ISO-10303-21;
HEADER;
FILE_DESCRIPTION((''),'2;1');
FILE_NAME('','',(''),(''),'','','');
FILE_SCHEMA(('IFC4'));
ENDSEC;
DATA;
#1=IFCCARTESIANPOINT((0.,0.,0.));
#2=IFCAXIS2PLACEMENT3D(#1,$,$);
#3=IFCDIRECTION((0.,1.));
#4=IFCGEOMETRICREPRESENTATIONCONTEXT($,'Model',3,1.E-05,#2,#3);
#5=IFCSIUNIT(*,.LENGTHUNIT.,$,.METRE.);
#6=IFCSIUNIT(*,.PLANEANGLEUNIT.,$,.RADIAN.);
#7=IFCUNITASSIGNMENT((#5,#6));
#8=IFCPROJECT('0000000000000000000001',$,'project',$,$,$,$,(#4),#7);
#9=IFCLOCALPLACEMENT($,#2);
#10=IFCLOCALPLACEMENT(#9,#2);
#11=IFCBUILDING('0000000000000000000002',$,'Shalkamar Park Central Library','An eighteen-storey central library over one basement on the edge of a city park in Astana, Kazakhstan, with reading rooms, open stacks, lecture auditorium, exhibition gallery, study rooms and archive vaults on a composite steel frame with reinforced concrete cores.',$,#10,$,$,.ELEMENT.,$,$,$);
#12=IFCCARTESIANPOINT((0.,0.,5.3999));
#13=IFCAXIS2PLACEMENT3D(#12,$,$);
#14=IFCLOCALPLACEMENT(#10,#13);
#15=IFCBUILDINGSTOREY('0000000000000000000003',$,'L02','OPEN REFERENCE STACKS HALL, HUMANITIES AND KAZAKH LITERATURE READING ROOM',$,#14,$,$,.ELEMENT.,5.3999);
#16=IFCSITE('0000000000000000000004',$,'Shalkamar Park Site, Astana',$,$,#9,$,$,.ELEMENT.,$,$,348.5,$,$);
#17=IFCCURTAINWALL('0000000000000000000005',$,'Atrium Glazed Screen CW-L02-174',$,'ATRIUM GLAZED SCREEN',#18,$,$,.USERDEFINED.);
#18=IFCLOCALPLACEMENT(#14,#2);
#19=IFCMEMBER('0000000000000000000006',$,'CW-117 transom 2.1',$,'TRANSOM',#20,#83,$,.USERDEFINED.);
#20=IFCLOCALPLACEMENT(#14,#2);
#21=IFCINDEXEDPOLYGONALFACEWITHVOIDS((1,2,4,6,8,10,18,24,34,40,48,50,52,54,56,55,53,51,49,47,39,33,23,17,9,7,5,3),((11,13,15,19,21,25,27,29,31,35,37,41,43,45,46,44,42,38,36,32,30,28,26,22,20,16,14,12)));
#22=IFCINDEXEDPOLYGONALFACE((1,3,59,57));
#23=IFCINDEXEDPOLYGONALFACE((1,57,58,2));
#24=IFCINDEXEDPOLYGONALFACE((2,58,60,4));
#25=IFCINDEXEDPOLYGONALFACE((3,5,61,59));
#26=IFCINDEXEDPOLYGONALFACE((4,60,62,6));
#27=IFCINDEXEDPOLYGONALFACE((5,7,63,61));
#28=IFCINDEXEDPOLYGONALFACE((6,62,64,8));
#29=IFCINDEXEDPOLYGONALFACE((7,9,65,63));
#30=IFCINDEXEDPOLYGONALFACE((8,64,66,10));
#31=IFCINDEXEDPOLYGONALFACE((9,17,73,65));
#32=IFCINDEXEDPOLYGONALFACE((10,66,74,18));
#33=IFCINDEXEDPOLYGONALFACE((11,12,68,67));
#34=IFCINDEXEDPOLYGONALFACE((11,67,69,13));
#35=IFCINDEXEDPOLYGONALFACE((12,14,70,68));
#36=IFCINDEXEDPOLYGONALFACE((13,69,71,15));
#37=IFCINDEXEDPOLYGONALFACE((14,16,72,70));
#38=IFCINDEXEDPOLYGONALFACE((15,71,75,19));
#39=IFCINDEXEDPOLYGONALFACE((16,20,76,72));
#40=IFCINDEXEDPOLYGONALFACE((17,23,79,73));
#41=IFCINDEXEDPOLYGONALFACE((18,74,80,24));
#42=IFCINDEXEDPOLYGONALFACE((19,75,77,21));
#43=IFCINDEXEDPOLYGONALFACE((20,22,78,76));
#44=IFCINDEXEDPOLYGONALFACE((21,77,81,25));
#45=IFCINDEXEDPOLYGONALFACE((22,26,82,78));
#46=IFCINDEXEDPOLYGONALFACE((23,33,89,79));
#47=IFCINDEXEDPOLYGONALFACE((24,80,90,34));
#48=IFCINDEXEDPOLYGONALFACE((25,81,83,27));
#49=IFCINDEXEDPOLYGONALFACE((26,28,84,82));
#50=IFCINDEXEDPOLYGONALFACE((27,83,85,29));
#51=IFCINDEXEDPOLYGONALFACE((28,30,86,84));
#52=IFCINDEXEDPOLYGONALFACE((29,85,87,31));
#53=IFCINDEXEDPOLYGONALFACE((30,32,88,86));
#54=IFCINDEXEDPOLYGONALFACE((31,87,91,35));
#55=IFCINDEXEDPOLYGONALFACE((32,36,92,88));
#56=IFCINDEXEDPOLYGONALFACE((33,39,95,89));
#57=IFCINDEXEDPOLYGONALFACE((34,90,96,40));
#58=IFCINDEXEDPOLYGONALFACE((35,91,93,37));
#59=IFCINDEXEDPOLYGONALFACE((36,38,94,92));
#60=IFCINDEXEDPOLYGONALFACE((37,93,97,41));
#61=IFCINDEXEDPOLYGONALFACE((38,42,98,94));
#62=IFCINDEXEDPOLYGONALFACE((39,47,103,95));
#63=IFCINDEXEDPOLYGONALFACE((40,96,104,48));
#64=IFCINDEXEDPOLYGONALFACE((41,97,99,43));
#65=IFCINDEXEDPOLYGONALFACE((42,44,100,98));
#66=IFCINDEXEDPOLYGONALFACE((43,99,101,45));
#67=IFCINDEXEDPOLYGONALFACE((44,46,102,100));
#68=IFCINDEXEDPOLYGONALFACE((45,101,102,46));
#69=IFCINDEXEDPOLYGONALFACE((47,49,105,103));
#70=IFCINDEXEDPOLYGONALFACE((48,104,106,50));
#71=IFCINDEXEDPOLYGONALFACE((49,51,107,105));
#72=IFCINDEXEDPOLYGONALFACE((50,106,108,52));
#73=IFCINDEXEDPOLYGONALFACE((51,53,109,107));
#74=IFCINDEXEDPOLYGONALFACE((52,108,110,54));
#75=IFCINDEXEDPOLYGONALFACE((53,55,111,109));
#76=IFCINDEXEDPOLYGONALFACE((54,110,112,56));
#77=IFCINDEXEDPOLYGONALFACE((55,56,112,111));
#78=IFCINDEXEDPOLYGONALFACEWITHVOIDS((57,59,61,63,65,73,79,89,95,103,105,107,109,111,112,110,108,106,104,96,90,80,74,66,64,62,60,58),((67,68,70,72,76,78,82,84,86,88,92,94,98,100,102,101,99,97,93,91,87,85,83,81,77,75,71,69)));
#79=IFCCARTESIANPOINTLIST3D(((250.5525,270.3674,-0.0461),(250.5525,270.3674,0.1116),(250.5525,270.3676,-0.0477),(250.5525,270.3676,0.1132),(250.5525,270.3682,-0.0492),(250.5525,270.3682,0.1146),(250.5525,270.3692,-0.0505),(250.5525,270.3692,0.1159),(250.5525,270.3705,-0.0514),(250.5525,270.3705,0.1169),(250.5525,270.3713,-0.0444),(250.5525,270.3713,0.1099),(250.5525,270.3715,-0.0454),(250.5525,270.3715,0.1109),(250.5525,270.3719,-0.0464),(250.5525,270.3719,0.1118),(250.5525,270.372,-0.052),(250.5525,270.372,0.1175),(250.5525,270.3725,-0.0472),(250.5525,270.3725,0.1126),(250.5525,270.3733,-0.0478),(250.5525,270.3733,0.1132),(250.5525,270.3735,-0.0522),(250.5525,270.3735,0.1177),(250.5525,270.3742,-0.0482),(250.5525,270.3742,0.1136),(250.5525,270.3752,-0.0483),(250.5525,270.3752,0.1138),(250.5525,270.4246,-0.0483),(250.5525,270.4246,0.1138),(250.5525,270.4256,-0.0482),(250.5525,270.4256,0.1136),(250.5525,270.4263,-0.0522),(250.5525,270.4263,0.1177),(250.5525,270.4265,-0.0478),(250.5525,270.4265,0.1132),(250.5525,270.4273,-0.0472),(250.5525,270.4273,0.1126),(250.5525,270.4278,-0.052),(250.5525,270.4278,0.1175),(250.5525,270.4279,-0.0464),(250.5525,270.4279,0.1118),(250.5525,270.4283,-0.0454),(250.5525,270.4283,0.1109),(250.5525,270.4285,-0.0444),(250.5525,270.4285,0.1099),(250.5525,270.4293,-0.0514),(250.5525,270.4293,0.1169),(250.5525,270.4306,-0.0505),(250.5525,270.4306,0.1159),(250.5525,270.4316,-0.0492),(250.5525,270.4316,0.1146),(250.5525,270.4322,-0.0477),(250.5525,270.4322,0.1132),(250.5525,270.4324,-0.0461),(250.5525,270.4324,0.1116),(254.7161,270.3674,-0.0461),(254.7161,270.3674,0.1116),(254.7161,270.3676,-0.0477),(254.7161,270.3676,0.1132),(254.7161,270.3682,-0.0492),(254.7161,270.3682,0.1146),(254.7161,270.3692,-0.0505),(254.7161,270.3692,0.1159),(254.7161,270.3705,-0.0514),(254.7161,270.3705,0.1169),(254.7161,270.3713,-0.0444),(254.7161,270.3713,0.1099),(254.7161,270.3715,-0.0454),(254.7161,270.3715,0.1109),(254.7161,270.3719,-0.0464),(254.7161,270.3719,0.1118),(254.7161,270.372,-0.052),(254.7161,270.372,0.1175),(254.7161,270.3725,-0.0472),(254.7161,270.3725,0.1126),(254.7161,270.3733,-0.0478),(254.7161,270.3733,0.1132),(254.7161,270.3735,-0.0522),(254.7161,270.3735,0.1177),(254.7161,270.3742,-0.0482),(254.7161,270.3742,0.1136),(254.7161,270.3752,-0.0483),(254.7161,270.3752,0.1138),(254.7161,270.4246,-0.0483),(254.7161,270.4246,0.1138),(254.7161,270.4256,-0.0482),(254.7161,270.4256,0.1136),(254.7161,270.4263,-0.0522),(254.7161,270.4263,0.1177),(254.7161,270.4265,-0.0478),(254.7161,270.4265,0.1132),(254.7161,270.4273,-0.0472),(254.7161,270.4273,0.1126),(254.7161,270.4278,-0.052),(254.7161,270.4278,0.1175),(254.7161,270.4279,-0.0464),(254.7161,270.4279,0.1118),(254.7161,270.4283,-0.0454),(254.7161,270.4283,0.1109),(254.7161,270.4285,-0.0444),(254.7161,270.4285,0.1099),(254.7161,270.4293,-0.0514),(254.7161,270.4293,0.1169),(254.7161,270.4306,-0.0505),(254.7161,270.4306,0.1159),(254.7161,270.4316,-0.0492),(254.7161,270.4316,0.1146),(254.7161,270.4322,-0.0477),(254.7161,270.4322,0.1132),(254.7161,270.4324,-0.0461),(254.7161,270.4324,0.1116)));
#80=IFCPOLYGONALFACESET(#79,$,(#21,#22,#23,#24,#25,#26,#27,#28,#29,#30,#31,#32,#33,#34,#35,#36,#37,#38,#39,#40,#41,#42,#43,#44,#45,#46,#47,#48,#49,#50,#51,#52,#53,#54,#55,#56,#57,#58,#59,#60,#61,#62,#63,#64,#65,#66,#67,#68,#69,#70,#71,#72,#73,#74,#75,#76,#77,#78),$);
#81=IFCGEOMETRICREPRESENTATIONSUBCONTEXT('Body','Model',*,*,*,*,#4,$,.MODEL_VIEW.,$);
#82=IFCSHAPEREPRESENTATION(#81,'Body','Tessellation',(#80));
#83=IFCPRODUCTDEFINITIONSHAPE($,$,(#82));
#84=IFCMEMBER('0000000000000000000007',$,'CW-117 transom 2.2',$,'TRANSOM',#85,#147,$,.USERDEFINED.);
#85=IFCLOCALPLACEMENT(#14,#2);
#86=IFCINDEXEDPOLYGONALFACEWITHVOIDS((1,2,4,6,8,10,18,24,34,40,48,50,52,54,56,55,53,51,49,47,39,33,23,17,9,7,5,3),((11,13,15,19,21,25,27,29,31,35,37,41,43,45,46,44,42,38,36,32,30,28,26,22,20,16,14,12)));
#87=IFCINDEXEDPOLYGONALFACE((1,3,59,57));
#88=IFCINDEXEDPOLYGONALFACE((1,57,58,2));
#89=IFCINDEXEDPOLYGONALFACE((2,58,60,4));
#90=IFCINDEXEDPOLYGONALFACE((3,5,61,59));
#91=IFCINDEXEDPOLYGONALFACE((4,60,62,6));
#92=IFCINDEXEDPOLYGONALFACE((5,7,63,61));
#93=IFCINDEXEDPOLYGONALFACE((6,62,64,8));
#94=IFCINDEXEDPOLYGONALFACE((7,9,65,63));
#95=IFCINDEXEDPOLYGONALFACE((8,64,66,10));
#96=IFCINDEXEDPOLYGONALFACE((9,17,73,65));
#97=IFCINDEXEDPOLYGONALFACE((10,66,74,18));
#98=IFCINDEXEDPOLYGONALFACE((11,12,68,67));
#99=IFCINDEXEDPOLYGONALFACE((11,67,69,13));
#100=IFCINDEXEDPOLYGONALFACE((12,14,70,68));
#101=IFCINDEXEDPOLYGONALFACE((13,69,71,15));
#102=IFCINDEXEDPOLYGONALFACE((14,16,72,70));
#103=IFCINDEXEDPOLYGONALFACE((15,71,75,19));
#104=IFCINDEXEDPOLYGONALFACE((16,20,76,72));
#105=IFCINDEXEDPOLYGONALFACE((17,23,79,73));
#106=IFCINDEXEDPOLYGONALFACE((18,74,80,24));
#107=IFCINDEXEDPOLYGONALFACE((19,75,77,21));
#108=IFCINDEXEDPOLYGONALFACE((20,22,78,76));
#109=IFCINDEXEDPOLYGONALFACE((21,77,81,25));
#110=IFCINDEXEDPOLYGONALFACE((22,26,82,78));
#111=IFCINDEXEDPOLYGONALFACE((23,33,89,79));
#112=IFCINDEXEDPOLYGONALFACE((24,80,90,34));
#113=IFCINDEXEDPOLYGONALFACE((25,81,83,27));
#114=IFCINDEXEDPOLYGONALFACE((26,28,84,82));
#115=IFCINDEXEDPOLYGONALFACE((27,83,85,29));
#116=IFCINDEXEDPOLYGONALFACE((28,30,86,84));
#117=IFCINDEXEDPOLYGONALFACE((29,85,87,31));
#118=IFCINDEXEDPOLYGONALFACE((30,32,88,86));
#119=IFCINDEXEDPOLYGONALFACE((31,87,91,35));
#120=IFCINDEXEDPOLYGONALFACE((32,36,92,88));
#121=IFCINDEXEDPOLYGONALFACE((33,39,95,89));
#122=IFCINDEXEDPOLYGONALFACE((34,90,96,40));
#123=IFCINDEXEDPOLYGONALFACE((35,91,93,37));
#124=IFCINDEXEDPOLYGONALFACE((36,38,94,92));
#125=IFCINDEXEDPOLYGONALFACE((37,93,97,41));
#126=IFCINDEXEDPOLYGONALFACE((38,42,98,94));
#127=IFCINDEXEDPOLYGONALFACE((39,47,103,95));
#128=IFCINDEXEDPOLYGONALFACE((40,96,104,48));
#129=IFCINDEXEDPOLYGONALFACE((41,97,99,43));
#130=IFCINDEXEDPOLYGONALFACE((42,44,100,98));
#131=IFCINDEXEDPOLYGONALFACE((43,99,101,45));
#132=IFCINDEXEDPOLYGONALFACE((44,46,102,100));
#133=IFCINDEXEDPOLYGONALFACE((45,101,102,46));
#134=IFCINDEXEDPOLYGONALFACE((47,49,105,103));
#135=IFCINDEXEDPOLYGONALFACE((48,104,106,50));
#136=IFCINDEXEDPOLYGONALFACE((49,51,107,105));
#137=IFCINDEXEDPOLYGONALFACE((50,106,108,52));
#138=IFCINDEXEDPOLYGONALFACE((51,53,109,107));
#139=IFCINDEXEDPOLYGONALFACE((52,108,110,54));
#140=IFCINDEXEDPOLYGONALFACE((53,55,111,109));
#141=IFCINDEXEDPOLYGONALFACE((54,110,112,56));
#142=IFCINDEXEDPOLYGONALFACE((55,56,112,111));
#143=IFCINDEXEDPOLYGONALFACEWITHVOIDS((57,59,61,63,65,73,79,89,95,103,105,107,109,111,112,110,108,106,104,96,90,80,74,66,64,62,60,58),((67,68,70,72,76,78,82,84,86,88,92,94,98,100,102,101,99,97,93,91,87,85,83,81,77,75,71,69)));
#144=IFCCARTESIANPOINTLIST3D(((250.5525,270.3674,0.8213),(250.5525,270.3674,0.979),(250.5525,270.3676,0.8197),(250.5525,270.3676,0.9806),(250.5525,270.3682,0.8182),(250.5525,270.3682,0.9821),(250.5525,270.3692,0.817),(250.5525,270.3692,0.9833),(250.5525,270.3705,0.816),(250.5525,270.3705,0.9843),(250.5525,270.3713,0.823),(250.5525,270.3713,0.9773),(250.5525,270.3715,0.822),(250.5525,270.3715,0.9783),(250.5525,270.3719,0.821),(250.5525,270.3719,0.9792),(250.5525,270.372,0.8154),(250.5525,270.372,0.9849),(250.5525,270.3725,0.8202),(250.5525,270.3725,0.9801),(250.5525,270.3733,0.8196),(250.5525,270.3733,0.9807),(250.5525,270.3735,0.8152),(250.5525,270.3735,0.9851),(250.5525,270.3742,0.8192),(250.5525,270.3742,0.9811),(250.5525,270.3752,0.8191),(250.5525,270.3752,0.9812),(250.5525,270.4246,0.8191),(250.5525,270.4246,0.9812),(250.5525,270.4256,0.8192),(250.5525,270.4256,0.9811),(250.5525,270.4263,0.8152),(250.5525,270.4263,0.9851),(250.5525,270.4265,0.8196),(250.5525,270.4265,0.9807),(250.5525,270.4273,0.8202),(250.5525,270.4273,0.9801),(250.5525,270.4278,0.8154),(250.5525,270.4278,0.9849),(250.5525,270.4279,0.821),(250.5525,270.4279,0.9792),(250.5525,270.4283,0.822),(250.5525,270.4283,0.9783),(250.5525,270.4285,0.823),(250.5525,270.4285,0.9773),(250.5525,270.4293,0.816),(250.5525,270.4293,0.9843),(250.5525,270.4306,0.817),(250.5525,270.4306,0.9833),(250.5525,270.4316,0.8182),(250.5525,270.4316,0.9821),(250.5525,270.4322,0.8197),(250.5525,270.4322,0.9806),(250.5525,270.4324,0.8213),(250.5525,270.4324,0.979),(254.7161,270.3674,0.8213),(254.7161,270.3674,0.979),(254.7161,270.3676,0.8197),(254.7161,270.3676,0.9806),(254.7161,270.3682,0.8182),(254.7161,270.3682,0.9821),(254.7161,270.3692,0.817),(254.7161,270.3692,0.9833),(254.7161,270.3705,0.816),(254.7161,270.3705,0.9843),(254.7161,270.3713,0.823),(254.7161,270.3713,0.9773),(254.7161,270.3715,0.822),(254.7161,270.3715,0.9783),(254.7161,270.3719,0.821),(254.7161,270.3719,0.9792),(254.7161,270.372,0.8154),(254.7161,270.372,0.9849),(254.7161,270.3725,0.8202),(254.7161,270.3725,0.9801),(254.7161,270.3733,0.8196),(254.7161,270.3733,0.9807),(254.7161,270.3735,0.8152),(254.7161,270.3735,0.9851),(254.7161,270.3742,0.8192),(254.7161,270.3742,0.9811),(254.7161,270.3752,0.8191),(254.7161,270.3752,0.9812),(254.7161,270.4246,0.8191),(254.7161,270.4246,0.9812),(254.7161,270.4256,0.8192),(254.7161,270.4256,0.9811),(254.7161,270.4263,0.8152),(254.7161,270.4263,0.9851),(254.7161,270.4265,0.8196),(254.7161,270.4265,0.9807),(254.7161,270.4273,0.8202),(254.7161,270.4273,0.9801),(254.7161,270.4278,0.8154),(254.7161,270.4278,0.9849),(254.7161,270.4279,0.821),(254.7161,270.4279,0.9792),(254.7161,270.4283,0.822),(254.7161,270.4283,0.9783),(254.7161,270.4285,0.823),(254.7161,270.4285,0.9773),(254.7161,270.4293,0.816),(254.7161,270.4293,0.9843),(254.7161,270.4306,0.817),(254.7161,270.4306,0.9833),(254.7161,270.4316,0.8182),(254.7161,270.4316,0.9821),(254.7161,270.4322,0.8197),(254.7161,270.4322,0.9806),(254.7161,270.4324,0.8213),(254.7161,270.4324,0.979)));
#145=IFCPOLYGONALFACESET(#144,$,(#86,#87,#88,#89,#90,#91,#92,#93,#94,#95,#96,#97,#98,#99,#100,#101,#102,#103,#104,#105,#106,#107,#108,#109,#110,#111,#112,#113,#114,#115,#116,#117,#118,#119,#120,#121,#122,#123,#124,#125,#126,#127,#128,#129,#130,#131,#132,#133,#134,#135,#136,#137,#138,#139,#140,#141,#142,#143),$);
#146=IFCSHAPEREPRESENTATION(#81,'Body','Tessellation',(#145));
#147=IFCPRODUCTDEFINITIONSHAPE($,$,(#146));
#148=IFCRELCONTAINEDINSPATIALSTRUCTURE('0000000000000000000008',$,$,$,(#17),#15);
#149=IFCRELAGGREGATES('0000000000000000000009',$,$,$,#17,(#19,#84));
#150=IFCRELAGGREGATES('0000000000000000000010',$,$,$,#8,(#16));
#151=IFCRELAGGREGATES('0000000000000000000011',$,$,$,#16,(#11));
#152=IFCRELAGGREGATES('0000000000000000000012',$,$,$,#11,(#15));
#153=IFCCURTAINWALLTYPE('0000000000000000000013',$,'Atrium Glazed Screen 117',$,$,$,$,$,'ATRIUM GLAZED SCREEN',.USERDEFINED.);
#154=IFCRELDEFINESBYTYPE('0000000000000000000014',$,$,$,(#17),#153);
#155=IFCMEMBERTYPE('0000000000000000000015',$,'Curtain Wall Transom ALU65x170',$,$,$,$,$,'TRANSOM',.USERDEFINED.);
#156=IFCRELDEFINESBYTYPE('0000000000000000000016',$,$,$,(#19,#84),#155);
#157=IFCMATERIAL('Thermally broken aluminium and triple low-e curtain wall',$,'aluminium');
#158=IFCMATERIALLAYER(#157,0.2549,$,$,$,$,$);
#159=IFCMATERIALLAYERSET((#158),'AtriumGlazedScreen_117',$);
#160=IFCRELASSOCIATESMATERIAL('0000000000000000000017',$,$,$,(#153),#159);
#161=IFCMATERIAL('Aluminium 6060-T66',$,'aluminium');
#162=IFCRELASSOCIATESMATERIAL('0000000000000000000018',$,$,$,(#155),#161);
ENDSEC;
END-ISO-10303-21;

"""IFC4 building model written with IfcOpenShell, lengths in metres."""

from ifc_helpers import new_model, si_unit, direction, frame, origin, origin_2d, place, context, subcontext, project, spatial, hollow_rectangle, extrude, material, layer, layer_set, material_profile, profile_set, type_object, element, aggregate, save


model = new_model("IFC4")

# Units and contexts
model_context = context("Model", 3, precision=1e-05, world=origin(), true_north=direction((0.0, 1.0)))
body_context = subcontext(model_context, "Body", "Model", "MODEL_VIEW")
ifc_project = project(units=[si_unit("LENGTHUNIT", "METRE"), si_unit("PLANEANGLEUNIT", "RADIAN")], contexts=[model_context])

# Site, building, storey
site_placement = place(None, origin())
site = spatial("IfcSite", under=ifc_project, at=site_placement, Name="Shalkamar Park Site, Astana", CompositionType="ELEMENT", RefElevation=348.5)
building_placement = place(site_placement, origin())
building = spatial("IfcBuilding", under=site, at=building_placement, Name="Shalkamar Park Central Library", Description="An eighteen-storey central library over one basement on the edge of a city park in Astana, Kazakhstan, with reading rooms, open stacks, lecture auditorium, exhibition gallery, study rooms and archive vaults on a composite steel frame with reinforced concrete cores.", CompositionType="ELEMENT")
storey_placement = place(building_placement, frame((0.0, 0.0, 5.3999)))
storey = spatial("IfcBuildingStorey", under=building, at=storey_placement, Name="L02", Description="OPEN REFERENCE STACKS HALL, HUMANITIES AND KAZAKH LITERATURE READING ROOM", CompositionType="ELEMENT", Elevation=5.3999)

# Curtain wall
ifc_material_1 = material(Name="Thermally broken aluminium and triple low-e curtain wall", Category="aluminium")
ifc_material_2 = material(Name="Aluminium 6060-T66", Category="aluminium")
ifc_layer_1 = layer(ifc_material_1, 0.2549)
ifc_layer_set_1 = layer_set([ifc_layer_1], Name="AtriumGlazedScreen_117")
curtain_wall_type_1 = type_object("IfcCurtainWallType", Name="Atrium Glazed Screen 117", ElementType="ATRIUM GLAZED SCREEN", PredefinedType="USERDEFINED", material=ifc_layer_set_1)
curtain_wall_1_placement = place(storey_placement, origin())
curtain_wall_1 = element("IfcCurtainWall", 1, at=curtain_wall_1_placement, inside=storey, type_object=curtain_wall_type_1, Name="Atrium Glazed Screen CW-L02-174", ObjectType="ATRIUM GLAZED SCREEN", PredefinedType="USERDEFINED")

# Members
ifc_material_profile_1 = material_profile(ifc_material_2, hollow_rectangle(XDim=0.0649, YDim=0.1699, WallThickness=0.0039, InnerFilletRadius=0.0039, OuterFilletRadius=0.0061, at=origin_2d()), Name="ALU 65x170x4")
ifc_profile_set_1 = profile_set([ifc_material_profile_1], Name="Aluminium 6060-T66")
member_type_1 = type_object("IfcMemberType", Name="Curtain Wall Transom ALU65x170", ElementType="TRANSOM", PredefinedType="USERDEFINED", material=ifc_profile_set_1)
member_1_placement = place(storey_placement, frame((250.5525, 270.3999, 0.0327), z_axis=(1.0, 0.0, 0.0), x_axis=(0.0, 1.0, 0.0)))
member_1 = element("IfcMember", 2, at=member_1_placement, type_object=member_type_1, Name="CW-117 transom 2.1", ObjectType="TRANSOM", PredefinedType="USERDEFINED", context=body_context, shape_type="SweptSolid", body=[
    extrude(hollow_rectangle(XDim=0.0649, YDim=0.1699, WallThickness=0.0039, InnerFilletRadius=0.0039, OuterFilletRadius=0.0061, at=origin_2d()), origin(), (0.0, 0.0, 1.0), 4.1636),
])
member_2_placement = place(storey_placement, frame((250.5525, 270.3999, 0.9001), z_axis=(1.0, 0.0, 0.0), x_axis=(0.0, 1.0, 0.0)))
member_2 = element("IfcMember", 3, at=member_2_placement, type_object=member_type_1, Name="CW-117 transom 2.2", ObjectType="TRANSOM", PredefinedType="USERDEFINED", context=body_context, shape_type="SweptSolid", body=[
    extrude(hollow_rectangle(XDim=0.0649, YDim=0.1699, WallThickness=0.0039, InnerFilletRadius=0.0039, OuterFilletRadius=0.0061, at=origin_2d()), origin(), (0.0, 0.0, 1.0), 4.1636),
])

aggregate(curtain_wall_1, [member_1, member_2])

save(model, "model.ifc")
